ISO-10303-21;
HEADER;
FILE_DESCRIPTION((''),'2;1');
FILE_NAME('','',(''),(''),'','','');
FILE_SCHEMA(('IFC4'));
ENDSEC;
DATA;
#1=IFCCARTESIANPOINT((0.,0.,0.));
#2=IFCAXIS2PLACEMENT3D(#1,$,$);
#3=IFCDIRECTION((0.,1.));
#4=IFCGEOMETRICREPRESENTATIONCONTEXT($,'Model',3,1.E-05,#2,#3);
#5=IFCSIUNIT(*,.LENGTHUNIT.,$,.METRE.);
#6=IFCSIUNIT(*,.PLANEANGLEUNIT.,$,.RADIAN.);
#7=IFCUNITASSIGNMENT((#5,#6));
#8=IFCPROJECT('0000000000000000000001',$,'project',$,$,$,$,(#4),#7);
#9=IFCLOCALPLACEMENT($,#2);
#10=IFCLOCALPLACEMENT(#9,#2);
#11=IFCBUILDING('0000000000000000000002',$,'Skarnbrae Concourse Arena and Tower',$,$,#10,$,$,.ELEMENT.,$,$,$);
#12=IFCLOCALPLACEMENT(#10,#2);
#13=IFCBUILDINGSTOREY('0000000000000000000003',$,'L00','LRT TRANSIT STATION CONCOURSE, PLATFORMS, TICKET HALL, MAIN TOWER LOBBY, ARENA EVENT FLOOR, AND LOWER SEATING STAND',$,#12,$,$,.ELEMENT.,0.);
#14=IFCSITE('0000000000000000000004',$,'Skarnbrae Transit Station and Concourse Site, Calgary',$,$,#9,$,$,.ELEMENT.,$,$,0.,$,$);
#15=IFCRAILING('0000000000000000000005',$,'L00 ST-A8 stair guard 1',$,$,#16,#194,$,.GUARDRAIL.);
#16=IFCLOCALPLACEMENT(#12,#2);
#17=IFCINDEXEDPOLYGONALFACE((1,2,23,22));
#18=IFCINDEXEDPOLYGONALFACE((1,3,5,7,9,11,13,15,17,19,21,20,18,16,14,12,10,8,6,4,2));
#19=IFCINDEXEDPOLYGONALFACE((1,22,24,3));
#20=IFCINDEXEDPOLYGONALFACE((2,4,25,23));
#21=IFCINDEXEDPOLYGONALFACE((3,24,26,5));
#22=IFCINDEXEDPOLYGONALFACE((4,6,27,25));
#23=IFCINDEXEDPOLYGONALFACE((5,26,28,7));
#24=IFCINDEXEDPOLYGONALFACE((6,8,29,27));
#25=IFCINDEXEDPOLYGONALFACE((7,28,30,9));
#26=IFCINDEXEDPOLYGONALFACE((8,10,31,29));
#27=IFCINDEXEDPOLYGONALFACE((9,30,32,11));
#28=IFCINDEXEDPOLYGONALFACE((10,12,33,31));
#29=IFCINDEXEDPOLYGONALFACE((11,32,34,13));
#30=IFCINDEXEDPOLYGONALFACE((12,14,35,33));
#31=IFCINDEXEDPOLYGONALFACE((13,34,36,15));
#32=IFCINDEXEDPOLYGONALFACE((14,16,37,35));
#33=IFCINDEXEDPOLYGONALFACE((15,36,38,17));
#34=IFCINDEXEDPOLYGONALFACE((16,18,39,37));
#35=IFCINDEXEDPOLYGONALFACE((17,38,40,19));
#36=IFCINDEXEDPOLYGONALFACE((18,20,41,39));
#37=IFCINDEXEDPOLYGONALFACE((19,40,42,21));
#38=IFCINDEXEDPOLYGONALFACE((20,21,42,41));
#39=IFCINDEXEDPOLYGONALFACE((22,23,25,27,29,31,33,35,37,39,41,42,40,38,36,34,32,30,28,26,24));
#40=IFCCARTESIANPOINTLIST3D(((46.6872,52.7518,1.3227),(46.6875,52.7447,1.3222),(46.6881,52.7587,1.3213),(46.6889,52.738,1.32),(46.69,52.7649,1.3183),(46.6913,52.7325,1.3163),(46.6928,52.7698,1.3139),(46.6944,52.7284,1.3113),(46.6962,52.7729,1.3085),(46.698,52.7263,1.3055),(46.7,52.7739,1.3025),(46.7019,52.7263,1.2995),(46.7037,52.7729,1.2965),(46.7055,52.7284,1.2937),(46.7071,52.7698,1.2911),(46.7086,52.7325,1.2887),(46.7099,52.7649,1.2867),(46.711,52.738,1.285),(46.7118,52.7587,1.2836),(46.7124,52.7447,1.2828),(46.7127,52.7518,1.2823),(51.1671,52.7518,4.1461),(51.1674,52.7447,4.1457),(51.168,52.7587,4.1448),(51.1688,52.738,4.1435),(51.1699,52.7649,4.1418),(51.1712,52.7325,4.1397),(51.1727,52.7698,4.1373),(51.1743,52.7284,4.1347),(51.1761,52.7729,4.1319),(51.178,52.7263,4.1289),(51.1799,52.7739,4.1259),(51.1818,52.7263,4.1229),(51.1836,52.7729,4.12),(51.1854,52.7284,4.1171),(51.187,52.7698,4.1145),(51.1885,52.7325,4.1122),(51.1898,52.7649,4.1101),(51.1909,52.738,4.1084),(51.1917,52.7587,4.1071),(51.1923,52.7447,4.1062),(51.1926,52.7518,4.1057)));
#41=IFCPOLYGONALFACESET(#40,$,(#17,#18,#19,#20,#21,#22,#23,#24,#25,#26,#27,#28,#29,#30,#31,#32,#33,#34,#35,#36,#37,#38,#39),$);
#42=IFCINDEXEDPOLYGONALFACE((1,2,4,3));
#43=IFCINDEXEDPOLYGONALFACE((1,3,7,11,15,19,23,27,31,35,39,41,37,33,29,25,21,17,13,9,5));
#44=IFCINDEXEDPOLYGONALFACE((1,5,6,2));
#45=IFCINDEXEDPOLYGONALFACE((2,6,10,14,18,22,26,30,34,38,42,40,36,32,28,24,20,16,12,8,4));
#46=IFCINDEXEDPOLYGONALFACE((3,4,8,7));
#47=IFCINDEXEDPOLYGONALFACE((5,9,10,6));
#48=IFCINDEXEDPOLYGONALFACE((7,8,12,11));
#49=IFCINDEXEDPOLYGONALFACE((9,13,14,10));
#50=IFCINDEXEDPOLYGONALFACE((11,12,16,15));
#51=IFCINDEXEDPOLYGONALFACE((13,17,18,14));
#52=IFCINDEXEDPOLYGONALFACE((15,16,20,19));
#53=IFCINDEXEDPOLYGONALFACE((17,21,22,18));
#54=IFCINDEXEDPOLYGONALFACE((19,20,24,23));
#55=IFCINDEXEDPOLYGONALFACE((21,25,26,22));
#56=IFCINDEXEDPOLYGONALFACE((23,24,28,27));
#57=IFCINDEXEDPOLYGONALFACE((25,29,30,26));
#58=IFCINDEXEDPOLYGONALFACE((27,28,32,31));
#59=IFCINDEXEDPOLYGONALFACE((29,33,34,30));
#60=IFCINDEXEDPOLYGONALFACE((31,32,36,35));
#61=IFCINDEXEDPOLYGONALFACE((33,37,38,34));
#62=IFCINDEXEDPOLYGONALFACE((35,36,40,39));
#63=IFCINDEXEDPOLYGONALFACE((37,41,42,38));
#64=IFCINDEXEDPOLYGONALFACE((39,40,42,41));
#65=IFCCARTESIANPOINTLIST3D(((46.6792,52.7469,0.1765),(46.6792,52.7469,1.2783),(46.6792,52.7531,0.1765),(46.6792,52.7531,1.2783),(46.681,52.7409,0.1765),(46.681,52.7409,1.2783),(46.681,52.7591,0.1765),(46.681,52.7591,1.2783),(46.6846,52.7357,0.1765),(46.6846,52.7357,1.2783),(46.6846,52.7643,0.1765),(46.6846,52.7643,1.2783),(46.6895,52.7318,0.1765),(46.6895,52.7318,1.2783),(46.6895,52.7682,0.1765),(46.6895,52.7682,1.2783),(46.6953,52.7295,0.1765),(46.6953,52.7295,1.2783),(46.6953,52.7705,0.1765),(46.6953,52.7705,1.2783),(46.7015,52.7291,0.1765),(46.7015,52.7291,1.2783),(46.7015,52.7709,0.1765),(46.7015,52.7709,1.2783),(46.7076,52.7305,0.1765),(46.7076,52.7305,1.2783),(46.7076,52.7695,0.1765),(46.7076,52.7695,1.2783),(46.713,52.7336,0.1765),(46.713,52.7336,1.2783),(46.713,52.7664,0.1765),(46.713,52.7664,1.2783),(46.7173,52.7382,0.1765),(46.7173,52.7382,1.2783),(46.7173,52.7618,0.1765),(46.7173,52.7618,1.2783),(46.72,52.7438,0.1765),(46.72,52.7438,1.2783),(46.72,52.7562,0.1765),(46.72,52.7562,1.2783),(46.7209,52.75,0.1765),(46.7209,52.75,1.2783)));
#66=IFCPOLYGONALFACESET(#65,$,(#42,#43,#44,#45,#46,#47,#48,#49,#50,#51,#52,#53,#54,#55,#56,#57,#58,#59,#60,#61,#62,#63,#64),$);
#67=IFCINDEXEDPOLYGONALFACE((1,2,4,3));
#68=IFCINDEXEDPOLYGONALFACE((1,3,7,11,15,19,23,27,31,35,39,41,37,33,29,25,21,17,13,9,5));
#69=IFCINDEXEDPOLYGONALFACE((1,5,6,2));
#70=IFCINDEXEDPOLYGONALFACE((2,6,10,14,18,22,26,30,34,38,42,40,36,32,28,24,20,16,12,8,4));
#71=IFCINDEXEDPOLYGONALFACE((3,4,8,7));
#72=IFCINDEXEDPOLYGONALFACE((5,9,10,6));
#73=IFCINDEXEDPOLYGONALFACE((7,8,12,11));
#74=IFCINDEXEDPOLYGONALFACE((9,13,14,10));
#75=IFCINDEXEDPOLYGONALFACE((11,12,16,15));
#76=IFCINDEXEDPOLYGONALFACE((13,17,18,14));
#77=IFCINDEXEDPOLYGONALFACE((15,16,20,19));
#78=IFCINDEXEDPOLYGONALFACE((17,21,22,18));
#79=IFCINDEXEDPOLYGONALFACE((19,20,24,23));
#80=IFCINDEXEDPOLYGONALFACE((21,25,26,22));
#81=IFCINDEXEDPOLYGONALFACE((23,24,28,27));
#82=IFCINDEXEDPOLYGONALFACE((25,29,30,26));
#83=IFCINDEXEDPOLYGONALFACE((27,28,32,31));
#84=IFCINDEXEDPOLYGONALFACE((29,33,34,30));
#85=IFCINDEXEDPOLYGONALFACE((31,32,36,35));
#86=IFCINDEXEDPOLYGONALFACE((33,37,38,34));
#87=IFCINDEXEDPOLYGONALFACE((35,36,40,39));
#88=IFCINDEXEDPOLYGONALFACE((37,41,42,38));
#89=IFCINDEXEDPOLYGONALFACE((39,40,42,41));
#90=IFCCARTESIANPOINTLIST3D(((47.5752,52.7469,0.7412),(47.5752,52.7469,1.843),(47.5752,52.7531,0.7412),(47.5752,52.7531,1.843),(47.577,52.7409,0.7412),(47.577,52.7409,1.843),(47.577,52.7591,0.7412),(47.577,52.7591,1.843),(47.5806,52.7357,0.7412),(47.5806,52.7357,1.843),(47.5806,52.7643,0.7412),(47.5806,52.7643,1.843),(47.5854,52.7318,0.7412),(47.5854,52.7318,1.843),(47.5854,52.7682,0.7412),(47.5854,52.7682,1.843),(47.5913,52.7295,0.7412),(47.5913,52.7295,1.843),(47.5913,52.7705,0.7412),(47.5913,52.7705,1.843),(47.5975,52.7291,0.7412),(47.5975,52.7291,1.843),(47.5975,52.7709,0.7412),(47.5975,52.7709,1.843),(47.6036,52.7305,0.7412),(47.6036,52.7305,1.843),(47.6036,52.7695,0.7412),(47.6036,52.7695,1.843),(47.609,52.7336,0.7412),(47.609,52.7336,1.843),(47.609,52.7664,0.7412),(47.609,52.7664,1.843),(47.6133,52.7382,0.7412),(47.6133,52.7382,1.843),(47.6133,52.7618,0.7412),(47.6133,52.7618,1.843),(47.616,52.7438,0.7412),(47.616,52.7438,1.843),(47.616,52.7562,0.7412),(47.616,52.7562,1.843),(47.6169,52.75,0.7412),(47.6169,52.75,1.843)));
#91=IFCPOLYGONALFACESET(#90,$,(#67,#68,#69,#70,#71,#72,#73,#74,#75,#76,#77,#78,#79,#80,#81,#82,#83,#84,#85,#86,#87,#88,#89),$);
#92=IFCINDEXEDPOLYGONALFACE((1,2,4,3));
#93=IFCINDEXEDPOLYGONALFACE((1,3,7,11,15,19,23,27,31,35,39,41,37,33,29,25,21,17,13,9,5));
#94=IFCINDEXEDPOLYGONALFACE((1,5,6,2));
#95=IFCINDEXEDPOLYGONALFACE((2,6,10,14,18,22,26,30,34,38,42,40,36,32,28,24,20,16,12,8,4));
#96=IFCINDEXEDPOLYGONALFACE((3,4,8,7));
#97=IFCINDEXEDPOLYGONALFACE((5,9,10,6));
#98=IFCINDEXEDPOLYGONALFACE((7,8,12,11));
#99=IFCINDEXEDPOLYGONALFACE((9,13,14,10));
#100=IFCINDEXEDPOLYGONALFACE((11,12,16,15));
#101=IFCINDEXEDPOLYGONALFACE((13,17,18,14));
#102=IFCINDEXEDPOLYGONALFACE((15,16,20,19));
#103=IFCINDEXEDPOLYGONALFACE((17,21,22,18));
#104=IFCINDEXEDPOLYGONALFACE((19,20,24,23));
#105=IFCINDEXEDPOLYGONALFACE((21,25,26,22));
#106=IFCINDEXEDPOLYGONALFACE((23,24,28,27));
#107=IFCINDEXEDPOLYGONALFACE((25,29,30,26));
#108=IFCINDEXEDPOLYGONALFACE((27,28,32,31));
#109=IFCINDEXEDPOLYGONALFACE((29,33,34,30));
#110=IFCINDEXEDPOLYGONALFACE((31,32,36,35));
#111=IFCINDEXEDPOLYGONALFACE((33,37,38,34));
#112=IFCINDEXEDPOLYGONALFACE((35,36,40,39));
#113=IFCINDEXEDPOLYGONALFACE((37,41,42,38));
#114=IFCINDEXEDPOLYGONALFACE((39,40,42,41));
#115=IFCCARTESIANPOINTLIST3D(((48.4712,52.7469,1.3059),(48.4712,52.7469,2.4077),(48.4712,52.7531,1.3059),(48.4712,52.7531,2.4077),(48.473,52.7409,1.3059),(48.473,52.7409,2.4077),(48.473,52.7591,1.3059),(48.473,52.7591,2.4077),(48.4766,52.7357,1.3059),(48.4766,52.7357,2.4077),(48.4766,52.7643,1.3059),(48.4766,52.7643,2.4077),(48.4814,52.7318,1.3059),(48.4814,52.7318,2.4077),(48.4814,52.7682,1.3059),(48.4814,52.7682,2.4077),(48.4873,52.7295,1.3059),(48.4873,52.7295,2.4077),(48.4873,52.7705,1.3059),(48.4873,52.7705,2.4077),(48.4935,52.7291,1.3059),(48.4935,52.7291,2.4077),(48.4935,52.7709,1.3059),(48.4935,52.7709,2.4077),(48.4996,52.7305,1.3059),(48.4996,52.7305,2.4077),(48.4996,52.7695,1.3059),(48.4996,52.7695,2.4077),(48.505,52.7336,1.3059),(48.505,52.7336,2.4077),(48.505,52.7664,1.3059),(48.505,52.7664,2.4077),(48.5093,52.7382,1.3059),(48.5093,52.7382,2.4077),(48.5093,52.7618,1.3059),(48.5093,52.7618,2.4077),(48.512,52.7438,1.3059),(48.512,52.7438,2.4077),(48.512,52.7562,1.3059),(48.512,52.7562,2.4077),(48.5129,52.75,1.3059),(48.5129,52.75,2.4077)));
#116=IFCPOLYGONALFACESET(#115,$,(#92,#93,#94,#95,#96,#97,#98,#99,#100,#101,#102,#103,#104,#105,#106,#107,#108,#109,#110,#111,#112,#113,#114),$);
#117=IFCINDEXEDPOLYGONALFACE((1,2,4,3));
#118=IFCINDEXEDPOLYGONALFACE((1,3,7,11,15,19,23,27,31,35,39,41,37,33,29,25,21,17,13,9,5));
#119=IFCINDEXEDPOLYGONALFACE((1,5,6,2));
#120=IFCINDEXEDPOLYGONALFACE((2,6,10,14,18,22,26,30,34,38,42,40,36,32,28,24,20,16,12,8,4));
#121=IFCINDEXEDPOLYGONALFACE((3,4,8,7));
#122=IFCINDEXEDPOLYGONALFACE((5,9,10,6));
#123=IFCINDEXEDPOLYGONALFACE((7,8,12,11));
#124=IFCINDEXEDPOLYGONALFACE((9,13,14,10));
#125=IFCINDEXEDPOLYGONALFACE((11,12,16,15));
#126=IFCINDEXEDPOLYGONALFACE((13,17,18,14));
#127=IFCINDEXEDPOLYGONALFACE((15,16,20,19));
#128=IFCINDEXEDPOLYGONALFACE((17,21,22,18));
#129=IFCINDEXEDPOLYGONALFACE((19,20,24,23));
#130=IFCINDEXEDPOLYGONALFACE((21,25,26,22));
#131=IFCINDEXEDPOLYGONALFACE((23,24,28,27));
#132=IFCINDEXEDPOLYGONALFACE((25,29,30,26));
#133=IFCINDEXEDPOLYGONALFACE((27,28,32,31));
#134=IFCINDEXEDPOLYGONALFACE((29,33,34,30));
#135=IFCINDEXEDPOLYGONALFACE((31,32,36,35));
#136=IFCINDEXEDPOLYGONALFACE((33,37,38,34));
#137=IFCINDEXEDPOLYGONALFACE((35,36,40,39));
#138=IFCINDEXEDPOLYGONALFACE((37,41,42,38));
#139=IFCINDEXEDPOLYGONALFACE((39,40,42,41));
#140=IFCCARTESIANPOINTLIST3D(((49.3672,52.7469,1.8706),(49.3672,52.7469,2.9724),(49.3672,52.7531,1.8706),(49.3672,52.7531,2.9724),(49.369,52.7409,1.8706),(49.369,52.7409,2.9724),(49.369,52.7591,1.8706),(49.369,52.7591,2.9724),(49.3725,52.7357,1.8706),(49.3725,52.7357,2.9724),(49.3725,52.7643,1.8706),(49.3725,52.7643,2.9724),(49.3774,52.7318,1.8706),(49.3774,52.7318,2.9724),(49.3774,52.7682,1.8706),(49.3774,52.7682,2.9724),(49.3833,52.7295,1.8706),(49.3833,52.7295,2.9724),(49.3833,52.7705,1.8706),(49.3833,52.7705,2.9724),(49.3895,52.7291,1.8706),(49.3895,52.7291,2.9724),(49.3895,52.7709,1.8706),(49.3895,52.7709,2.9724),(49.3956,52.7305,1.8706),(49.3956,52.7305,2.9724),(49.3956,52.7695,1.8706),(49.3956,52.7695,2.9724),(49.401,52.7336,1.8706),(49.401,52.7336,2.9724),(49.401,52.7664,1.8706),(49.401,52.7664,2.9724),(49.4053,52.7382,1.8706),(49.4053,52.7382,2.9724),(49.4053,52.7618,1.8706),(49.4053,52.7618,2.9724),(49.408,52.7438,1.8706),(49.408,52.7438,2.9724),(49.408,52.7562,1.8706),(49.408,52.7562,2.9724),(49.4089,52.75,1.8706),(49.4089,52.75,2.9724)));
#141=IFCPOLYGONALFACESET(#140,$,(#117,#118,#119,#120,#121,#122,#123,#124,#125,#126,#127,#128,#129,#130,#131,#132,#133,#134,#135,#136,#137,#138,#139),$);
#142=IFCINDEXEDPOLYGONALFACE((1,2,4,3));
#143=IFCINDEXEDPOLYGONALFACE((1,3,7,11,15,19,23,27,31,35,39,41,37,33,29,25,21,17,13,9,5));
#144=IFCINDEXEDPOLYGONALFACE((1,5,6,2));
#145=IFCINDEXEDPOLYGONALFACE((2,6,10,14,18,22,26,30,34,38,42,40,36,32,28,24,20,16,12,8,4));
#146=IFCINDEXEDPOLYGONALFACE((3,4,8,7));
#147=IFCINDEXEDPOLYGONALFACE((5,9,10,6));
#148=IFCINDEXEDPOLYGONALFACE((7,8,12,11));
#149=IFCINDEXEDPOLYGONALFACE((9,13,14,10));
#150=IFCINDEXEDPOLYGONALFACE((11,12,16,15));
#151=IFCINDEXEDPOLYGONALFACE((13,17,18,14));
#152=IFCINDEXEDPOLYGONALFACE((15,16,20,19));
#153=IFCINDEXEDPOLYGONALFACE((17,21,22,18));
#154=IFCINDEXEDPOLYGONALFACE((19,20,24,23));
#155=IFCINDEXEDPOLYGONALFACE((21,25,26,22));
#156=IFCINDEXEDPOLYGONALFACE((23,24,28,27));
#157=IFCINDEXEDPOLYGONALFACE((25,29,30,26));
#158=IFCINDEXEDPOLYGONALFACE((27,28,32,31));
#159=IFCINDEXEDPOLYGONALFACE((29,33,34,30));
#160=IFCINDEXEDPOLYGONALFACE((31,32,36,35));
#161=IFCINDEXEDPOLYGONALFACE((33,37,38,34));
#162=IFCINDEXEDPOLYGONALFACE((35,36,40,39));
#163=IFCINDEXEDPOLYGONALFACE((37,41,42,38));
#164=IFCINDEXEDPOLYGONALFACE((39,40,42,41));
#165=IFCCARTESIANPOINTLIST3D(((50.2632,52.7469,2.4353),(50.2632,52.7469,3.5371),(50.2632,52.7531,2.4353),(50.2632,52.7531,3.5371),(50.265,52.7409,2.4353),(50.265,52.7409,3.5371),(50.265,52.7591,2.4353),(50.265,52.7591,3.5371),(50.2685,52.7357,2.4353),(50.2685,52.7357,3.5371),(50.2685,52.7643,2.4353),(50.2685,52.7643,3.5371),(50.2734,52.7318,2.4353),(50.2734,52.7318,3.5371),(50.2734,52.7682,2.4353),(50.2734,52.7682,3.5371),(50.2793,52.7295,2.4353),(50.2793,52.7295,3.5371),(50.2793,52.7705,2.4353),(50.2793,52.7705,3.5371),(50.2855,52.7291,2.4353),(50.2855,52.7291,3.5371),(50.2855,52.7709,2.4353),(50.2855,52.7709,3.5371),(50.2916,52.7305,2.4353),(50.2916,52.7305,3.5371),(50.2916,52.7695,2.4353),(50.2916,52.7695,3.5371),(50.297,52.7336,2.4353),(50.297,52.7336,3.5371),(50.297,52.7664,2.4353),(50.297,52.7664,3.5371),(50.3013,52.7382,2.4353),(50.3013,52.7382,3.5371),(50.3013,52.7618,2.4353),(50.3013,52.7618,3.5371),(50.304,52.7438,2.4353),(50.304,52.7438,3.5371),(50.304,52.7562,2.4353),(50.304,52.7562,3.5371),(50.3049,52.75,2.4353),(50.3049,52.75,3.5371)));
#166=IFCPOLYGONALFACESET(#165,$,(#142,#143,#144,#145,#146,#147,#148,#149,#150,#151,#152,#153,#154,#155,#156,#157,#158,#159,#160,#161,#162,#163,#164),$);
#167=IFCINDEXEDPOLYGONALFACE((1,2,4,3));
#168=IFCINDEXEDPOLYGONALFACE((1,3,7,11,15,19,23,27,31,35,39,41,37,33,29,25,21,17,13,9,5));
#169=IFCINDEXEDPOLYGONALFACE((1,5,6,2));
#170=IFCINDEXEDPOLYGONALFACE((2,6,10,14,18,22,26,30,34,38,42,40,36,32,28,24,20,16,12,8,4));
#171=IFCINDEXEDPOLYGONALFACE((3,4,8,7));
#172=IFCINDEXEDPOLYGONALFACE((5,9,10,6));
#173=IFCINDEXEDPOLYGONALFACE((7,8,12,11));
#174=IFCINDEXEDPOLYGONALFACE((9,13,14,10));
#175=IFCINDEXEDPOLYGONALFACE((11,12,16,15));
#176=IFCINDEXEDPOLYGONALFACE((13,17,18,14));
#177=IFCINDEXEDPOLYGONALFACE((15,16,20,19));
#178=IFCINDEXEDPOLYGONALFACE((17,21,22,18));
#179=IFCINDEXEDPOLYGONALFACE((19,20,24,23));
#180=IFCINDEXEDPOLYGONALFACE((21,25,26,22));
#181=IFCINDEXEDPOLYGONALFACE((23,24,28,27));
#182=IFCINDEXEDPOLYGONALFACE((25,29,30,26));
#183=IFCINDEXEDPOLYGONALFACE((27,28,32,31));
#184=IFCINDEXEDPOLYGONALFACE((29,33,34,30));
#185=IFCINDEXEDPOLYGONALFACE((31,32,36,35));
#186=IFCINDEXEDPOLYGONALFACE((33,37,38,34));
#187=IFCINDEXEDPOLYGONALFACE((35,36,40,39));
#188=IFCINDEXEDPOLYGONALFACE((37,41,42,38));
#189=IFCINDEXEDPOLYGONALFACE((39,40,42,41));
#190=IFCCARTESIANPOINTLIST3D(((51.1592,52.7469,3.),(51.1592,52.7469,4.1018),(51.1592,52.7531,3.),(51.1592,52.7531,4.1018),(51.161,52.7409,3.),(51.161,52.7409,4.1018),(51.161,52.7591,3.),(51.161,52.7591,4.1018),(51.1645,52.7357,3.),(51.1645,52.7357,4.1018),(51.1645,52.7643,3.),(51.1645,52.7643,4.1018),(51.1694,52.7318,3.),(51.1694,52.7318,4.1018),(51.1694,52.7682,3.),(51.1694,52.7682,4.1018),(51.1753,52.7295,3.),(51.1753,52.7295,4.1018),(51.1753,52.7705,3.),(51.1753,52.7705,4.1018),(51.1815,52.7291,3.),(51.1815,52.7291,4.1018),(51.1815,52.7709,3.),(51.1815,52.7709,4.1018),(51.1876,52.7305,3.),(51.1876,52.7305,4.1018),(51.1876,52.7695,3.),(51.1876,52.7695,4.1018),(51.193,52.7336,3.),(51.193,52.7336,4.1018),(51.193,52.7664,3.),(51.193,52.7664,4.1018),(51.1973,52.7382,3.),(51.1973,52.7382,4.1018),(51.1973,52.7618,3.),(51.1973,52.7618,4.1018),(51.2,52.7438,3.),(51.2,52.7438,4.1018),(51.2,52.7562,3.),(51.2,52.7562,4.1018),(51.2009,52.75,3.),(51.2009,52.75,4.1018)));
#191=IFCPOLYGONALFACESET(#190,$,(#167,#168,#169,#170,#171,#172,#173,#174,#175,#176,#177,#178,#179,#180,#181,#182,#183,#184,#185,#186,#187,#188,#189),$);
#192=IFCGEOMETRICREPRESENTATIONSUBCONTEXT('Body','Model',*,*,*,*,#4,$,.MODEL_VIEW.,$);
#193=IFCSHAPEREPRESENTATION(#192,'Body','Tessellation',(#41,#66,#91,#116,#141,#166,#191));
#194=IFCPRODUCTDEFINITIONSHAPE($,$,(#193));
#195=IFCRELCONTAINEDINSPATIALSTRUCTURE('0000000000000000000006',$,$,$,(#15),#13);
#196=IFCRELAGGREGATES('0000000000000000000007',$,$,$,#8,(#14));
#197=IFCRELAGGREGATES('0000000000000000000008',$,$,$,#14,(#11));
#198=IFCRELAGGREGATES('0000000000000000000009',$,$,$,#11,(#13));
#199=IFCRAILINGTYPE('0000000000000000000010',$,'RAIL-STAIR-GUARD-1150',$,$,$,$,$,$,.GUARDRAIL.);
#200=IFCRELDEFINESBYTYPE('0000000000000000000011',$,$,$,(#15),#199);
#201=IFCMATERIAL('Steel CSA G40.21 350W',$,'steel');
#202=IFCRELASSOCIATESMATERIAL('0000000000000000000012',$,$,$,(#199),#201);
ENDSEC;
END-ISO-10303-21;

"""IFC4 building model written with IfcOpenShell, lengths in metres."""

from ifc_helpers import new_model, si_unit, direction, frame, origin, origin_2d, place, context, subcontext, project, spatial, circle, extrude, material, type_object, element, save


model = new_model("IFC4")

# Units and contexts
model_context = context("Model", 3, precision=1e-05, world=origin(), true_north=direction((0.0, 1.0)))
body_context = subcontext(model_context, "Body", "Model", "MODEL_VIEW")
ifc_project = project(units=[si_unit("LENGTHUNIT", "METRE"), si_unit("PLANEANGLEUNIT", "RADIAN")], contexts=[model_context])

# Site, building, storey
site_placement = place(None, origin())
site = spatial("IfcSite", under=ifc_project, at=site_placement, Name="Skarnbrae Transit Station and Concourse Site, Calgary", CompositionType="ELEMENT", RefElevation=0.0)
building_placement = place(site_placement, origin())
building = spatial("IfcBuilding", under=site, at=building_placement, Name="Skarnbrae Concourse Arena and Tower", CompositionType="ELEMENT")
storey_placement = place(building_placement, origin())
storey = spatial("IfcBuildingStorey", under=building, at=storey_placement, Name="L00", Description="LRT TRANSIT STATION CONCOURSE, PLATFORMS, TICKET HALL, MAIN TOWER LOBBY, ARENA EVENT FLOOR, AND LOWER SEATING STAND", CompositionType="ELEMENT", Elevation=0.0)

# Shared definitions
ifc_material_1 = material(Name="Steel CSA G40.21 350W", Category="steel")

# Railing
railing_type_1 = type_object("IfcRailingType", Name="RAIL-STAIR-GUARD-1150", PredefinedType="GUARDRAIL", material=ifc_material_1)
railing_1_placement = place(storey_placement, frame((46.7, 52.75, 0.1765)))
element("IfcRailing", 1, at=railing_1_placement, inside=storey, type_object=railing_type_1, Name="L00 ST-A8 stair guard 1", PredefinedType="GUARDRAIL", context=body_context, shape_type="SweptSolid", body=[
    extrude(circle(Radius=0.0239, at=origin_2d()), frame((0.0, 0.0, 1.126), z_axis=(0.845998, 0.0, 0.533186), x_axis=(0.0, 1.0, 0.0)), (0.0, 0.0, 1.0), 5.2954),
    extrude(circle(Radius=0.021, at=origin_2d()), origin(), (0.0, 0.0, 1.0), 1.1018),
    extrude(circle(Radius=0.021, at=origin_2d()), frame((0.896, 0.0, 0.5647)), (0.0, 0.0, 1.0), 1.1018),
    extrude(circle(Radius=0.021, at=origin_2d()), frame((1.792, 0.0, 1.1294)), (0.0, 0.0, 1.0), 1.1018),
    extrude(circle(Radius=0.021, at=origin_2d()), frame((2.688, 0.0, 1.6941)), (0.0, 0.0, 1.0), 1.1018),
    extrude(circle(Radius=0.021, at=origin_2d()), frame((3.584, 0.0, 2.2588)), (0.0, 0.0, 1.0), 1.1018),
    extrude(circle(Radius=0.021, at=origin_2d()), frame((4.48, 0.0, 2.8235)), (0.0, 0.0, 1.0), 1.1018),
])

save(model, "model.ifc")
